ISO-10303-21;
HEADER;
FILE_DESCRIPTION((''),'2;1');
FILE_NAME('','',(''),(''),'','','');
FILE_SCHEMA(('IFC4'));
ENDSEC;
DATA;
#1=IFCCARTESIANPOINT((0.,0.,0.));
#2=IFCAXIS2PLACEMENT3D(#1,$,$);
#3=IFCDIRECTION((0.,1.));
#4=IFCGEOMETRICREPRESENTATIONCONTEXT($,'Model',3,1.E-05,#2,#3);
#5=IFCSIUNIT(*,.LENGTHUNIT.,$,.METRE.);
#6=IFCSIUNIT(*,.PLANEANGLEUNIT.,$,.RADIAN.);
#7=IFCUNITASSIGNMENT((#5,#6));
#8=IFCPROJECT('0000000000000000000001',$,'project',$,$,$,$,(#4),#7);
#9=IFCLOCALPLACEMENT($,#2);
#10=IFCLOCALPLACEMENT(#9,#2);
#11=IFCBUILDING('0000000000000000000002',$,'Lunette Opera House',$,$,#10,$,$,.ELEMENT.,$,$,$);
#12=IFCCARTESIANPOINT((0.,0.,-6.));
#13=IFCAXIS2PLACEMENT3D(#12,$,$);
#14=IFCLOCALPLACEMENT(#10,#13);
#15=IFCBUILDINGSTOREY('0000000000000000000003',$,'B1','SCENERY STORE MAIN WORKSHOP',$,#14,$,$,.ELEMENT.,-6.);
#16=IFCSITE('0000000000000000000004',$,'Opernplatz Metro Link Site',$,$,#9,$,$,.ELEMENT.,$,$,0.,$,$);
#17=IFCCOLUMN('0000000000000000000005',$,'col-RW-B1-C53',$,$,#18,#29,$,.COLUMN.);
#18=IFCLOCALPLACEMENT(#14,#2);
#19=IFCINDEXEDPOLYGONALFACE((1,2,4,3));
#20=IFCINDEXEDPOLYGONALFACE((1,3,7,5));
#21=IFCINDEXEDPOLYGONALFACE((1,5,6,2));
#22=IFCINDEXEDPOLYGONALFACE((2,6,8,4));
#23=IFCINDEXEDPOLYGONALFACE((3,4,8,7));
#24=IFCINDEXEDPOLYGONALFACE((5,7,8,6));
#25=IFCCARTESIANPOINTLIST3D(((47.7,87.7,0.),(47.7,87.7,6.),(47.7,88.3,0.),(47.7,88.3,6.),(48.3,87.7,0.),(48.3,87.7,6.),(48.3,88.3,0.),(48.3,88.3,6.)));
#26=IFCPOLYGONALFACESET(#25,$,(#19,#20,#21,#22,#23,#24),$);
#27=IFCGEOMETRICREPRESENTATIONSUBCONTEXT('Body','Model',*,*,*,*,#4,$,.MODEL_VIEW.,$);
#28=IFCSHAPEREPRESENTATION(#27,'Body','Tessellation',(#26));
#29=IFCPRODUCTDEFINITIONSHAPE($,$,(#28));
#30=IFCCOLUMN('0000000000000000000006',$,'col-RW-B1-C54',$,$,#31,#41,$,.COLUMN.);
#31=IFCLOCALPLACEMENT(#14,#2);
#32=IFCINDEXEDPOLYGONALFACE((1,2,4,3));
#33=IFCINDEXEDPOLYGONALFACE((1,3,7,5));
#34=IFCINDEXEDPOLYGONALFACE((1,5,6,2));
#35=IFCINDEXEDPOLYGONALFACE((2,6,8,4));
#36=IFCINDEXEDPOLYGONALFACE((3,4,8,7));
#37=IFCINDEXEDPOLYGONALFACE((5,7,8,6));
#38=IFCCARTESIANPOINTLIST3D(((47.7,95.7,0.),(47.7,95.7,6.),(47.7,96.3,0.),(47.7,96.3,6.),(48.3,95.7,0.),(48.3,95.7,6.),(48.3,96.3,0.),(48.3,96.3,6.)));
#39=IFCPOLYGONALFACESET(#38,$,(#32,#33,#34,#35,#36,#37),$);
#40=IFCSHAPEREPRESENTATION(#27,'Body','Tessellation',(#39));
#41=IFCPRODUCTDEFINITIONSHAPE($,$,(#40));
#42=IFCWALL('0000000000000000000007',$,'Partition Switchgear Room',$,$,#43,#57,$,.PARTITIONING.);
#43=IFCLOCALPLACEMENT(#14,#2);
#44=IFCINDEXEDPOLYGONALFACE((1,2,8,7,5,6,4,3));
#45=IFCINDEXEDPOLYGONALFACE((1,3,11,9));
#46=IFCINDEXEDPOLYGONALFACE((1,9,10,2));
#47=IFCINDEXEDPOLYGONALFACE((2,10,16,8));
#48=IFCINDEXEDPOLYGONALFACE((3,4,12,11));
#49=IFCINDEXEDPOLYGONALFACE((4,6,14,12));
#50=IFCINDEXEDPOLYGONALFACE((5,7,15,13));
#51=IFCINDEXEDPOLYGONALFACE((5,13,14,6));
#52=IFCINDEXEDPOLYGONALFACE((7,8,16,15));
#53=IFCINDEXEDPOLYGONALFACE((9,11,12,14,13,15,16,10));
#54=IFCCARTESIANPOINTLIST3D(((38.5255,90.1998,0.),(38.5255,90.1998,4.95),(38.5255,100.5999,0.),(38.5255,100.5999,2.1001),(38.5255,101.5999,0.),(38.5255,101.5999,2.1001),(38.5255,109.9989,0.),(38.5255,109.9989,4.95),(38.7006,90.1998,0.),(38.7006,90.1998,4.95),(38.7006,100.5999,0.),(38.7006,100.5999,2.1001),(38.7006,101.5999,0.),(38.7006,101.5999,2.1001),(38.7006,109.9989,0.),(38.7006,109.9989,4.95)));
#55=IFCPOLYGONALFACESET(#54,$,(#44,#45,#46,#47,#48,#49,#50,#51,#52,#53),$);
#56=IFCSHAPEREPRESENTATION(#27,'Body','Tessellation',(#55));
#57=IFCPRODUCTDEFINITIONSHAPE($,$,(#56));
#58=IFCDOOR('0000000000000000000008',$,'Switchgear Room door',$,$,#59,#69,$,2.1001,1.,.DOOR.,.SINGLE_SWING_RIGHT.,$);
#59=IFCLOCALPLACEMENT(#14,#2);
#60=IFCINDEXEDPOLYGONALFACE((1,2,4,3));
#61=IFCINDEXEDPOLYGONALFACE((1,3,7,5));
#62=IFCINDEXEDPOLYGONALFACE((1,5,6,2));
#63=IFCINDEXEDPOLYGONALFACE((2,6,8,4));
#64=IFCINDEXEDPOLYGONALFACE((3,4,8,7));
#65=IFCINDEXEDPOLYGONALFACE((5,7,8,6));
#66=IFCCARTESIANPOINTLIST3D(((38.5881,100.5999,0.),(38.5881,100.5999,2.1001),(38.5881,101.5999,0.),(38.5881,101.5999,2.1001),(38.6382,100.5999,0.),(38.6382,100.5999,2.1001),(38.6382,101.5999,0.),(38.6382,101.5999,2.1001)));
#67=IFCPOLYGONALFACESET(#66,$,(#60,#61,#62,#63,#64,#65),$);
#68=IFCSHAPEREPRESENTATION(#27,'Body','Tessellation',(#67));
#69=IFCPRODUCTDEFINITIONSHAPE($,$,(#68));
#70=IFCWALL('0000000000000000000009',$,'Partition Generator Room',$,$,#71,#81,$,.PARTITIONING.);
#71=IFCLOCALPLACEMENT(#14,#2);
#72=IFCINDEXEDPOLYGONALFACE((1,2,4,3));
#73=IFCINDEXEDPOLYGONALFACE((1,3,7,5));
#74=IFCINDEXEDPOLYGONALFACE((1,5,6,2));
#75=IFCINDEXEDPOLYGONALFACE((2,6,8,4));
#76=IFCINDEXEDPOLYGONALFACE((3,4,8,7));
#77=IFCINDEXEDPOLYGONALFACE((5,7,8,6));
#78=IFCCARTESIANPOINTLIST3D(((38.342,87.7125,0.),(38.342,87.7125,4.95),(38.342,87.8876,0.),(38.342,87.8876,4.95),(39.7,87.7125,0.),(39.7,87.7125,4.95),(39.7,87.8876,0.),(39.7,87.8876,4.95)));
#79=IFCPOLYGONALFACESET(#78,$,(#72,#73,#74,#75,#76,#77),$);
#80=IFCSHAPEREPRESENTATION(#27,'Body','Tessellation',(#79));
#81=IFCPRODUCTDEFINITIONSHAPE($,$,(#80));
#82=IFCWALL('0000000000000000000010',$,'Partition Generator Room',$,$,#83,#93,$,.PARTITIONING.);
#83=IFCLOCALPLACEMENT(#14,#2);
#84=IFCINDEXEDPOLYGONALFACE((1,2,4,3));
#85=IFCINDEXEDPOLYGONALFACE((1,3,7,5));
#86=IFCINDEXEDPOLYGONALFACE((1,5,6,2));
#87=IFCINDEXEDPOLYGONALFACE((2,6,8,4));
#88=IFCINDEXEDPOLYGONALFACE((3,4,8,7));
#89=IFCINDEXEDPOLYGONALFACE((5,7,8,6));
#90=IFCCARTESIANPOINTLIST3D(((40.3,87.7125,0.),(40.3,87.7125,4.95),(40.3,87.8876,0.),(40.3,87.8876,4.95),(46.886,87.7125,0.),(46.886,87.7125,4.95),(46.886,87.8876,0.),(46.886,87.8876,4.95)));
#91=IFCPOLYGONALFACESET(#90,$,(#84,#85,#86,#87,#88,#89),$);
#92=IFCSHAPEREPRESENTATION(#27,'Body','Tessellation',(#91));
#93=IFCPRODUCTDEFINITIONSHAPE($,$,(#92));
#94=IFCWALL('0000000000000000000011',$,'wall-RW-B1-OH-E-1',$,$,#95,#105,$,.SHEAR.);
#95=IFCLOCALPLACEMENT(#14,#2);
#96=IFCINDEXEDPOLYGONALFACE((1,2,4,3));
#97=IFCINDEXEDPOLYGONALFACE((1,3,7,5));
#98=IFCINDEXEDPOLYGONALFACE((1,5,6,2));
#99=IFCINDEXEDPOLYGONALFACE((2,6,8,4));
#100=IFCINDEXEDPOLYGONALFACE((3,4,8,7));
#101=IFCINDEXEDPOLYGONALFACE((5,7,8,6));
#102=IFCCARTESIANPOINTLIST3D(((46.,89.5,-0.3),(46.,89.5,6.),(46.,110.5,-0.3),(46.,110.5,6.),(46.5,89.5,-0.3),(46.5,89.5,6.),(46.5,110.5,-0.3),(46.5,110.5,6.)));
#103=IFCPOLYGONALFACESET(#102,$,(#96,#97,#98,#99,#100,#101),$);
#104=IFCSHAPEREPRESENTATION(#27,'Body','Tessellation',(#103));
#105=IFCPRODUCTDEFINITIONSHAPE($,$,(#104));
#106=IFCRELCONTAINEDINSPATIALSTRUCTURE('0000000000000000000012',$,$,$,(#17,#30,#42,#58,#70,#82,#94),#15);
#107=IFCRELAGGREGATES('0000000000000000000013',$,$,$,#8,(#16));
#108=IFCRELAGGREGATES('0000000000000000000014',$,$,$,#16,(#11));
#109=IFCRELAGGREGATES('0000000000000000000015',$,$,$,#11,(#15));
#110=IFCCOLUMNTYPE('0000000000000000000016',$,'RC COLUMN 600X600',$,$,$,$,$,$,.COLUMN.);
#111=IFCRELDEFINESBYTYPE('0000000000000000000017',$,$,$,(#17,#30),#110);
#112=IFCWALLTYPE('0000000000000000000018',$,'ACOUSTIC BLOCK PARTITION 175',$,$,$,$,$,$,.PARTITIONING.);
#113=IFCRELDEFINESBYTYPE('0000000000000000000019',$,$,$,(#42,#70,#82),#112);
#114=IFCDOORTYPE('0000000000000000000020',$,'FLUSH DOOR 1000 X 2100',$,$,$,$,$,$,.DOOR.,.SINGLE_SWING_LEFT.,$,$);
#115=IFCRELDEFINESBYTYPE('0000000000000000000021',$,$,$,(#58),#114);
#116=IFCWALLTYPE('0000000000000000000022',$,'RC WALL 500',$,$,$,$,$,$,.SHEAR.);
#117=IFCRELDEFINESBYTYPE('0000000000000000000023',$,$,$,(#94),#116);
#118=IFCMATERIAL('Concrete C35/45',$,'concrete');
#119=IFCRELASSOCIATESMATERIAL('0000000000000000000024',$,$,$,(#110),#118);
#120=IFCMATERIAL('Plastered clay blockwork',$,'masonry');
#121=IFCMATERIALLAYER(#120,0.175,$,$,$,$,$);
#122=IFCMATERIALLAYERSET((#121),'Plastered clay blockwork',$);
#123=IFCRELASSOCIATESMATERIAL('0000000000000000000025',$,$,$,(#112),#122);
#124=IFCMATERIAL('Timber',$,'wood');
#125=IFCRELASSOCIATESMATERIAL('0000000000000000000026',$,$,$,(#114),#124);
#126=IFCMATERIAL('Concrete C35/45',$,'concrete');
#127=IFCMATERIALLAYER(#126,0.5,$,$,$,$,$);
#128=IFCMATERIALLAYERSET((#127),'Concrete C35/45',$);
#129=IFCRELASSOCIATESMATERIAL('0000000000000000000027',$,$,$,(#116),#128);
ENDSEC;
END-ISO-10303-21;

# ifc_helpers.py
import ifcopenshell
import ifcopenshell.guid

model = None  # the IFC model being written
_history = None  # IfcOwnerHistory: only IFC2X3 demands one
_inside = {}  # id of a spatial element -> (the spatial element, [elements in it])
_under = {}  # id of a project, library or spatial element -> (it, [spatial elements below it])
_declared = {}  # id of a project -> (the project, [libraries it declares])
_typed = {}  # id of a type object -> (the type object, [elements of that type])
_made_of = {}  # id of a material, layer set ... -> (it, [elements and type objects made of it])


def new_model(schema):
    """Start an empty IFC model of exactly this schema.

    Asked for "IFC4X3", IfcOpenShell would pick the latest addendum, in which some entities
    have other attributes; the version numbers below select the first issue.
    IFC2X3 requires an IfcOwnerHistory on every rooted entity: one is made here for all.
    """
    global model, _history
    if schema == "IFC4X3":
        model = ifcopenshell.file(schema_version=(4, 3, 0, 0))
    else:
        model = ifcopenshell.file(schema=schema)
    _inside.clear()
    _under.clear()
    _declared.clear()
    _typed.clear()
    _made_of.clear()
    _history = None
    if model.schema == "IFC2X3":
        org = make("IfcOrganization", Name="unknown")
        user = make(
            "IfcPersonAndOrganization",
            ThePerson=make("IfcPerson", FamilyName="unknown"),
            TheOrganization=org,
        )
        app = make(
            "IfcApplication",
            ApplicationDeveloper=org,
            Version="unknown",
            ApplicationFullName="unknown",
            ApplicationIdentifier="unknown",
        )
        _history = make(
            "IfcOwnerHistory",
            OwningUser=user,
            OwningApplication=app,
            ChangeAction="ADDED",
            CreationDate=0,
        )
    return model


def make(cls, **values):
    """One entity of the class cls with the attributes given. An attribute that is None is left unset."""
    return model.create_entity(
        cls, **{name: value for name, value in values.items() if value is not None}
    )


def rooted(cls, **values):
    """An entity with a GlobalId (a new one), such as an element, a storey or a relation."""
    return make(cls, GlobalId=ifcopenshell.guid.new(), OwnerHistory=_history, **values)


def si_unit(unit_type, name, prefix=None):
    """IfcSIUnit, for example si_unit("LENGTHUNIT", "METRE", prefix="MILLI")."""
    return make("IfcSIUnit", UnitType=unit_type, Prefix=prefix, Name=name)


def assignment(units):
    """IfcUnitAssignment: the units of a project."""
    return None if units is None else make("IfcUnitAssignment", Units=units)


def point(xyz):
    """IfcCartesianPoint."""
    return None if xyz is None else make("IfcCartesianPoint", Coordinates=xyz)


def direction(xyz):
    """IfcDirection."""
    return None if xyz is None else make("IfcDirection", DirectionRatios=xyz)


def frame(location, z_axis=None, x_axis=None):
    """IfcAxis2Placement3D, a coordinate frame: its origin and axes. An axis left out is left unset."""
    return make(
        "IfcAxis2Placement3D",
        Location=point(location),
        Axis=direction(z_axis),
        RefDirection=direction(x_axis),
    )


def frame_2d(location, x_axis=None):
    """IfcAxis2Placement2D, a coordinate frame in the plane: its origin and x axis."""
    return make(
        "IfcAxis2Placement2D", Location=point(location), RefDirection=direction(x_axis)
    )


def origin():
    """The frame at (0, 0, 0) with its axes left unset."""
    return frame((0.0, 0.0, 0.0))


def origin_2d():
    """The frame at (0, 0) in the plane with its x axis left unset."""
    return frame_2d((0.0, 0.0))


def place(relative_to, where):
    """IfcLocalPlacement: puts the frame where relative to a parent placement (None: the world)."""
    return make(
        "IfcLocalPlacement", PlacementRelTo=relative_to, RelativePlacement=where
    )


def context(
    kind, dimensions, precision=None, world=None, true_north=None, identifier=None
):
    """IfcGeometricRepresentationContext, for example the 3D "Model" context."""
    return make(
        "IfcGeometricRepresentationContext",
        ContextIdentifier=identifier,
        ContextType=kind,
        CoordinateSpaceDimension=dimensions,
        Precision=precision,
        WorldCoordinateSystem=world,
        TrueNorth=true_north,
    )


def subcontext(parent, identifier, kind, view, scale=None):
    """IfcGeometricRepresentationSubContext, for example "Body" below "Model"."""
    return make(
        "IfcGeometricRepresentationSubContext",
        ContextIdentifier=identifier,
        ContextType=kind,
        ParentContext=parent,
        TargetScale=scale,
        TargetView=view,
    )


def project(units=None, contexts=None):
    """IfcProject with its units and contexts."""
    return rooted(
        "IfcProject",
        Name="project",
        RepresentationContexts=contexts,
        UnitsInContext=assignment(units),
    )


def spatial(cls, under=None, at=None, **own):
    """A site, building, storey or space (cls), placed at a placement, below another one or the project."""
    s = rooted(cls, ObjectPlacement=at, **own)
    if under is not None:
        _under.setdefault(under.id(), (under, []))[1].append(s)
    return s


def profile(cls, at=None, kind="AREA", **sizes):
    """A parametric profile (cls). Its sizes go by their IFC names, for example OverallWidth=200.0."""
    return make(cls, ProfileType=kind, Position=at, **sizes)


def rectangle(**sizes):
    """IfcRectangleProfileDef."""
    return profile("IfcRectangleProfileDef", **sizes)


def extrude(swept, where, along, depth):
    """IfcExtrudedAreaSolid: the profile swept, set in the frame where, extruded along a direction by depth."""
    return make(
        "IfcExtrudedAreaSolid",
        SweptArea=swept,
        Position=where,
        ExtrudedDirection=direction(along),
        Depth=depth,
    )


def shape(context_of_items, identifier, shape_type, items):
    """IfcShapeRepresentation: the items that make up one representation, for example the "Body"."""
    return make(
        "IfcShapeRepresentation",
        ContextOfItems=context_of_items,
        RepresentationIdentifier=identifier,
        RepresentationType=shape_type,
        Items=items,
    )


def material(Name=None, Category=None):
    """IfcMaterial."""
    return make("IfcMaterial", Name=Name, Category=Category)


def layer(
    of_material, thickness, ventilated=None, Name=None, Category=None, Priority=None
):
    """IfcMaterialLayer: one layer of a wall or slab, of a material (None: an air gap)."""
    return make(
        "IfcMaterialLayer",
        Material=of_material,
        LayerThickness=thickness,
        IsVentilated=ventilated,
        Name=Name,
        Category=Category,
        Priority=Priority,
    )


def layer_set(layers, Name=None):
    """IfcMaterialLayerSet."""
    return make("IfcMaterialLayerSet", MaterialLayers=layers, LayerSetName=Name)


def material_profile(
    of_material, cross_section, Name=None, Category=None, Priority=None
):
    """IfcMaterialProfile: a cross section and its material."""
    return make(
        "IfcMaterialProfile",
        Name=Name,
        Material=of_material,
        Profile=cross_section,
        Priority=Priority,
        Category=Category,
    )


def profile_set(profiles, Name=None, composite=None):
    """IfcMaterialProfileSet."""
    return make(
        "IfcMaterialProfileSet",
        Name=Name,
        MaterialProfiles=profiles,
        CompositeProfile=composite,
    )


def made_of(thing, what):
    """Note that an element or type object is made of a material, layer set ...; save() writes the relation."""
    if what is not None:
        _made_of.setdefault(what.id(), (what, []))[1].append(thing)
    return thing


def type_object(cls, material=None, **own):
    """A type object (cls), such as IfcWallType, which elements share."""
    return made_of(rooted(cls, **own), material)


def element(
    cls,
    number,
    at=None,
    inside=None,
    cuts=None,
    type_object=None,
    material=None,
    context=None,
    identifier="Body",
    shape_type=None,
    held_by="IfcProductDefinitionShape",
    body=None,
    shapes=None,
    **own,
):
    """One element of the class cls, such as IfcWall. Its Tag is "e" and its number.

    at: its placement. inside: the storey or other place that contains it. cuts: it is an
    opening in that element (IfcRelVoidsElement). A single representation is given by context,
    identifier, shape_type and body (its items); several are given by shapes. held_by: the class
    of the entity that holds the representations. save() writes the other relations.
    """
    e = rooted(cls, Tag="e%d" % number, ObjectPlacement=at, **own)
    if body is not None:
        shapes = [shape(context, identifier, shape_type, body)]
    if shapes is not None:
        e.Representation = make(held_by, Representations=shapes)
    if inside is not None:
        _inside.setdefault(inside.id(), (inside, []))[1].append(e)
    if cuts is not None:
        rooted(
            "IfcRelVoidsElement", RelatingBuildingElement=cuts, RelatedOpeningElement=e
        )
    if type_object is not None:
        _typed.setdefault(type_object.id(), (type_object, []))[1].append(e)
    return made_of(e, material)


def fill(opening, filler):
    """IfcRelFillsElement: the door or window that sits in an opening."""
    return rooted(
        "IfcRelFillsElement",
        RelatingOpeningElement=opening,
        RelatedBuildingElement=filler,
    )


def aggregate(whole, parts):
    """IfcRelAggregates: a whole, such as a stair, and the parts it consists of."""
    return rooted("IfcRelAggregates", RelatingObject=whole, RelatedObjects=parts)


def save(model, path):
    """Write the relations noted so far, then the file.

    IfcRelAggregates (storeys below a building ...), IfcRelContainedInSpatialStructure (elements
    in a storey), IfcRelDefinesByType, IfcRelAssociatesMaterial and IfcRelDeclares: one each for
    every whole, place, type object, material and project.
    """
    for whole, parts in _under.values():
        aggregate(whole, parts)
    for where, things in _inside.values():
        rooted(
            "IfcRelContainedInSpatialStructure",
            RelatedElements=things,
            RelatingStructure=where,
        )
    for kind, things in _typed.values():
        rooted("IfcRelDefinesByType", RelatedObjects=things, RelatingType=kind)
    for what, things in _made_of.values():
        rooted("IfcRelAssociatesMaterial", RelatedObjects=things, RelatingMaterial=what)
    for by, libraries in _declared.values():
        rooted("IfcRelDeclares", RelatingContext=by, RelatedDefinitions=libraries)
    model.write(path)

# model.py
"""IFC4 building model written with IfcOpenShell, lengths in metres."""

from ifc_helpers import new_model, si_unit, direction, frame, frame_2d, origin, origin_2d, place, context, subcontext, project, spatial, rectangle, extrude, material, layer, layer_set, material_profile, profile_set, type_object, element, fill, save


model = new_model("IFC4")

# Units and contexts
model_context = context("Model", 3, precision=1e-05, world=origin(), true_north=direction((0.0, 1.0)))
body_context = subcontext(model_context, "Body", "Model", "MODEL_VIEW")
ifc_project = project(units=[si_unit("LENGTHUNIT", "METRE"), si_unit("PLANEANGLEUNIT", "RADIAN")], contexts=[model_context])

# Site, building, storey
site_placement = place(None, origin())
site = spatial("IfcSite", under=ifc_project, at=site_placement, Name="Opernplatz Metro Link Site", CompositionType="ELEMENT", RefElevation=0.0)
building_placement = place(site_placement, origin())
building = spatial("IfcBuilding", under=site, at=building_placement, Name="Lunette Opera House", CompositionType="ELEMENT")
storey_placement = place(building_placement, frame((0.0, 0.0, -6.0)))
storey = spatial("IfcBuildingStorey", under=building, at=storey_placement, Name="B1", Description="SCENERY STORE MAIN WORKSHOP", CompositionType="ELEMENT", Elevation=-6.0)

# Columns
ifc_material_1 = material(Name="Concrete C35/45", Category="concrete")
ifc_material_profile_1 = material_profile(ifc_material_1, rectangle(XDim=0.6001, YDim=0.6001, at=origin_2d()), Name="RC COLUMN 600X600")
ifc_profile_set_1 = profile_set([ifc_material_profile_1], Name="Concrete C35/45")
column_type = type_object("IfcColumnType", Name="RC COLUMN 600X600", PredefinedType="COLUMN", material=ifc_profile_set_1)
for number, where, z_axis, x_axis, name in (
    (1, (48.0, 88.0, 0.0), (0.0, 0.0, 1.0), (1.0, 0.0, 0.0), "col-RW-B1-C53"),
    (2, (48.0, 96.0, 0.0), (0.0, 0.0, 1.0), (1.0, 0.0, 0.0), "col-RW-B1-C54"),
):
    element("IfcColumn", number, at=place(storey_placement, frame(where, z_axis=z_axis, x_axis=x_axis)), inside=storey, type_object=column_type, Name=name, PredefinedType="COLUMN", context=body_context, shape_type="SweptSolid", body=[
        extrude(rectangle(XDim=0.6001, YDim=0.6001, at=origin_2d()), origin(), (0.0, 0.0, 1.0), 6.0),
    ])

# Wall, opening, door
ifc_material_2 = material(Name="Plastered clay blockwork", Category="masonry")
ifc_layer_1 = layer(ifc_material_2, 0.175)
ifc_layer_set_1 = layer_set([ifc_layer_1], Name="Plastered clay blockwork")
wall_type_1 = type_object("IfcWallType", Name="ACOUSTIC BLOCK PARTITION 175", PredefinedType="PARTITIONING", material=ifc_layer_set_1)
wall_1_placement = place(storey_placement, frame((38.613, 90.2, 0.0), z_axis=(0.0, 0.0, 1.0), x_axis=(0.0, 1.0, 0.0)))
wall_1 = element("IfcWall", 3, at=wall_1_placement, inside=storey, type_object=wall_type_1, Name="Partition Switchgear Room", PredefinedType="PARTITIONING", context=body_context, shape_type="SweptSolid", body=[
    extrude(rectangle(XDim=19.7991, YDim=0.175, at=frame_2d((9.8994, 0.0))), origin(), (0.0, 0.0, 1.0), 4.95),
])
opening_placement = place(wall_1_placement, frame((10.3999, 0.0, 0.0)))
opening = element("IfcOpeningElement", 4, at=opening_placement, cuts=wall_1, PredefinedType="OPENING", context=body_context, shape_type="SweptSolid", body=[
    extrude(rectangle(XDim=1.0, YDim=2.1001, at=frame_2d((0.5, 1.05))), frame((0.0, 0.0996, 0.0), z_axis=(0.0, -1.0, 0.0), x_axis=(1.0, 0.0, 0.0)), (0.0, 0.0, 1.0), 0.199),
])
ifc_material_3 = material(Name="Timber", Category="wood")
door_type = type_object("IfcDoorType", Name="FLUSH DOOR 1000 X 2100", OperationType="SINGLE_SWING_LEFT", PredefinedType="DOOR", material=ifc_material_3)
door_placement = place(opening_placement, origin())
door = element("IfcDoor", 5, at=door_placement, inside=storey, type_object=door_type, Name="Switchgear Room door", OperationType="SINGLE_SWING_RIGHT", OverallHeight=2.1001, OverallWidth=1.0, PredefinedType="DOOR", context=body_context, shape_type="SweptSolid", body=[
    extrude(rectangle(XDim=1.0, YDim=2.1001, at=frame_2d((0.5, 1.05))), frame((0.0, 0.0249, 0.0), z_axis=(0.0, -1.0, 0.0), x_axis=(1.0, 0.0, 0.0)), (0.0, 0.0, 1.0), 0.05),
])
fill(opening, door)

# Walls
wall_2_placement = place(storey_placement, frame((39.7, 87.8, 0.0), z_axis=(0.0, 0.0, 1.0), x_axis=(-1.0, 0.0, 0.0)))
element("IfcWall", 6, at=wall_2_placement, inside=storey, type_object=wall_type_1, Name="Partition Generator Room", PredefinedType="PARTITIONING", context=body_context, shape_type="SweptSolid", body=[
    extrude(rectangle(XDim=1.3579, YDim=0.175, at=frame_2d((0.679, 0.0))), origin(), (0.0, 0.0, 1.0), 4.95),
])
wall_3_placement = place(storey_placement, frame((46.886, 87.8, 0.0), z_axis=(0.0, 0.0, 1.0), x_axis=(-1.0, 0.0, 0.0)))
element("IfcWall", 7, at=wall_3_placement, inside=storey, type_object=wall_type_1, Name="Partition Generator Room", PredefinedType="PARTITIONING", context=body_context, shape_type="SweptSolid", body=[
    extrude(rectangle(XDim=6.5859, YDim=0.175, at=frame_2d((3.293, 0.0))), origin(), (0.0, 0.0, 1.0), 4.95),
])
ifc_material_4 = material(Name="Concrete C35/45", Category="concrete")
ifc_layer_2 = layer(ifc_material_4, 0.5)
ifc_layer_set_2 = layer_set([ifc_layer_2], Name="Concrete C35/45")
wall_type_2 = type_object("IfcWallType", Name="RC WALL 500", PredefinedType="SHEAR", material=ifc_layer_set_2)
wall_4_placement = place(storey_placement, frame((46.25, 89.5, -0.3), z_axis=(0.0, 0.0, 1.0), x_axis=(0.0, 1.0, 0.0)))
element("IfcWall", 8, at=wall_4_placement, inside=storey, type_object=wall_type_2, Name="wall-RW-B1-OH-E-1", PredefinedType="SHEAR", context=body_context, shape_type="SweptSolid", body=[
    extrude(rectangle(XDim=21.0, YDim=0.5, at=frame_2d((10.5, 0.0))), origin(), (0.0, 0.0, 1.0), 6.3),
])

save(model, "model.ifc")
